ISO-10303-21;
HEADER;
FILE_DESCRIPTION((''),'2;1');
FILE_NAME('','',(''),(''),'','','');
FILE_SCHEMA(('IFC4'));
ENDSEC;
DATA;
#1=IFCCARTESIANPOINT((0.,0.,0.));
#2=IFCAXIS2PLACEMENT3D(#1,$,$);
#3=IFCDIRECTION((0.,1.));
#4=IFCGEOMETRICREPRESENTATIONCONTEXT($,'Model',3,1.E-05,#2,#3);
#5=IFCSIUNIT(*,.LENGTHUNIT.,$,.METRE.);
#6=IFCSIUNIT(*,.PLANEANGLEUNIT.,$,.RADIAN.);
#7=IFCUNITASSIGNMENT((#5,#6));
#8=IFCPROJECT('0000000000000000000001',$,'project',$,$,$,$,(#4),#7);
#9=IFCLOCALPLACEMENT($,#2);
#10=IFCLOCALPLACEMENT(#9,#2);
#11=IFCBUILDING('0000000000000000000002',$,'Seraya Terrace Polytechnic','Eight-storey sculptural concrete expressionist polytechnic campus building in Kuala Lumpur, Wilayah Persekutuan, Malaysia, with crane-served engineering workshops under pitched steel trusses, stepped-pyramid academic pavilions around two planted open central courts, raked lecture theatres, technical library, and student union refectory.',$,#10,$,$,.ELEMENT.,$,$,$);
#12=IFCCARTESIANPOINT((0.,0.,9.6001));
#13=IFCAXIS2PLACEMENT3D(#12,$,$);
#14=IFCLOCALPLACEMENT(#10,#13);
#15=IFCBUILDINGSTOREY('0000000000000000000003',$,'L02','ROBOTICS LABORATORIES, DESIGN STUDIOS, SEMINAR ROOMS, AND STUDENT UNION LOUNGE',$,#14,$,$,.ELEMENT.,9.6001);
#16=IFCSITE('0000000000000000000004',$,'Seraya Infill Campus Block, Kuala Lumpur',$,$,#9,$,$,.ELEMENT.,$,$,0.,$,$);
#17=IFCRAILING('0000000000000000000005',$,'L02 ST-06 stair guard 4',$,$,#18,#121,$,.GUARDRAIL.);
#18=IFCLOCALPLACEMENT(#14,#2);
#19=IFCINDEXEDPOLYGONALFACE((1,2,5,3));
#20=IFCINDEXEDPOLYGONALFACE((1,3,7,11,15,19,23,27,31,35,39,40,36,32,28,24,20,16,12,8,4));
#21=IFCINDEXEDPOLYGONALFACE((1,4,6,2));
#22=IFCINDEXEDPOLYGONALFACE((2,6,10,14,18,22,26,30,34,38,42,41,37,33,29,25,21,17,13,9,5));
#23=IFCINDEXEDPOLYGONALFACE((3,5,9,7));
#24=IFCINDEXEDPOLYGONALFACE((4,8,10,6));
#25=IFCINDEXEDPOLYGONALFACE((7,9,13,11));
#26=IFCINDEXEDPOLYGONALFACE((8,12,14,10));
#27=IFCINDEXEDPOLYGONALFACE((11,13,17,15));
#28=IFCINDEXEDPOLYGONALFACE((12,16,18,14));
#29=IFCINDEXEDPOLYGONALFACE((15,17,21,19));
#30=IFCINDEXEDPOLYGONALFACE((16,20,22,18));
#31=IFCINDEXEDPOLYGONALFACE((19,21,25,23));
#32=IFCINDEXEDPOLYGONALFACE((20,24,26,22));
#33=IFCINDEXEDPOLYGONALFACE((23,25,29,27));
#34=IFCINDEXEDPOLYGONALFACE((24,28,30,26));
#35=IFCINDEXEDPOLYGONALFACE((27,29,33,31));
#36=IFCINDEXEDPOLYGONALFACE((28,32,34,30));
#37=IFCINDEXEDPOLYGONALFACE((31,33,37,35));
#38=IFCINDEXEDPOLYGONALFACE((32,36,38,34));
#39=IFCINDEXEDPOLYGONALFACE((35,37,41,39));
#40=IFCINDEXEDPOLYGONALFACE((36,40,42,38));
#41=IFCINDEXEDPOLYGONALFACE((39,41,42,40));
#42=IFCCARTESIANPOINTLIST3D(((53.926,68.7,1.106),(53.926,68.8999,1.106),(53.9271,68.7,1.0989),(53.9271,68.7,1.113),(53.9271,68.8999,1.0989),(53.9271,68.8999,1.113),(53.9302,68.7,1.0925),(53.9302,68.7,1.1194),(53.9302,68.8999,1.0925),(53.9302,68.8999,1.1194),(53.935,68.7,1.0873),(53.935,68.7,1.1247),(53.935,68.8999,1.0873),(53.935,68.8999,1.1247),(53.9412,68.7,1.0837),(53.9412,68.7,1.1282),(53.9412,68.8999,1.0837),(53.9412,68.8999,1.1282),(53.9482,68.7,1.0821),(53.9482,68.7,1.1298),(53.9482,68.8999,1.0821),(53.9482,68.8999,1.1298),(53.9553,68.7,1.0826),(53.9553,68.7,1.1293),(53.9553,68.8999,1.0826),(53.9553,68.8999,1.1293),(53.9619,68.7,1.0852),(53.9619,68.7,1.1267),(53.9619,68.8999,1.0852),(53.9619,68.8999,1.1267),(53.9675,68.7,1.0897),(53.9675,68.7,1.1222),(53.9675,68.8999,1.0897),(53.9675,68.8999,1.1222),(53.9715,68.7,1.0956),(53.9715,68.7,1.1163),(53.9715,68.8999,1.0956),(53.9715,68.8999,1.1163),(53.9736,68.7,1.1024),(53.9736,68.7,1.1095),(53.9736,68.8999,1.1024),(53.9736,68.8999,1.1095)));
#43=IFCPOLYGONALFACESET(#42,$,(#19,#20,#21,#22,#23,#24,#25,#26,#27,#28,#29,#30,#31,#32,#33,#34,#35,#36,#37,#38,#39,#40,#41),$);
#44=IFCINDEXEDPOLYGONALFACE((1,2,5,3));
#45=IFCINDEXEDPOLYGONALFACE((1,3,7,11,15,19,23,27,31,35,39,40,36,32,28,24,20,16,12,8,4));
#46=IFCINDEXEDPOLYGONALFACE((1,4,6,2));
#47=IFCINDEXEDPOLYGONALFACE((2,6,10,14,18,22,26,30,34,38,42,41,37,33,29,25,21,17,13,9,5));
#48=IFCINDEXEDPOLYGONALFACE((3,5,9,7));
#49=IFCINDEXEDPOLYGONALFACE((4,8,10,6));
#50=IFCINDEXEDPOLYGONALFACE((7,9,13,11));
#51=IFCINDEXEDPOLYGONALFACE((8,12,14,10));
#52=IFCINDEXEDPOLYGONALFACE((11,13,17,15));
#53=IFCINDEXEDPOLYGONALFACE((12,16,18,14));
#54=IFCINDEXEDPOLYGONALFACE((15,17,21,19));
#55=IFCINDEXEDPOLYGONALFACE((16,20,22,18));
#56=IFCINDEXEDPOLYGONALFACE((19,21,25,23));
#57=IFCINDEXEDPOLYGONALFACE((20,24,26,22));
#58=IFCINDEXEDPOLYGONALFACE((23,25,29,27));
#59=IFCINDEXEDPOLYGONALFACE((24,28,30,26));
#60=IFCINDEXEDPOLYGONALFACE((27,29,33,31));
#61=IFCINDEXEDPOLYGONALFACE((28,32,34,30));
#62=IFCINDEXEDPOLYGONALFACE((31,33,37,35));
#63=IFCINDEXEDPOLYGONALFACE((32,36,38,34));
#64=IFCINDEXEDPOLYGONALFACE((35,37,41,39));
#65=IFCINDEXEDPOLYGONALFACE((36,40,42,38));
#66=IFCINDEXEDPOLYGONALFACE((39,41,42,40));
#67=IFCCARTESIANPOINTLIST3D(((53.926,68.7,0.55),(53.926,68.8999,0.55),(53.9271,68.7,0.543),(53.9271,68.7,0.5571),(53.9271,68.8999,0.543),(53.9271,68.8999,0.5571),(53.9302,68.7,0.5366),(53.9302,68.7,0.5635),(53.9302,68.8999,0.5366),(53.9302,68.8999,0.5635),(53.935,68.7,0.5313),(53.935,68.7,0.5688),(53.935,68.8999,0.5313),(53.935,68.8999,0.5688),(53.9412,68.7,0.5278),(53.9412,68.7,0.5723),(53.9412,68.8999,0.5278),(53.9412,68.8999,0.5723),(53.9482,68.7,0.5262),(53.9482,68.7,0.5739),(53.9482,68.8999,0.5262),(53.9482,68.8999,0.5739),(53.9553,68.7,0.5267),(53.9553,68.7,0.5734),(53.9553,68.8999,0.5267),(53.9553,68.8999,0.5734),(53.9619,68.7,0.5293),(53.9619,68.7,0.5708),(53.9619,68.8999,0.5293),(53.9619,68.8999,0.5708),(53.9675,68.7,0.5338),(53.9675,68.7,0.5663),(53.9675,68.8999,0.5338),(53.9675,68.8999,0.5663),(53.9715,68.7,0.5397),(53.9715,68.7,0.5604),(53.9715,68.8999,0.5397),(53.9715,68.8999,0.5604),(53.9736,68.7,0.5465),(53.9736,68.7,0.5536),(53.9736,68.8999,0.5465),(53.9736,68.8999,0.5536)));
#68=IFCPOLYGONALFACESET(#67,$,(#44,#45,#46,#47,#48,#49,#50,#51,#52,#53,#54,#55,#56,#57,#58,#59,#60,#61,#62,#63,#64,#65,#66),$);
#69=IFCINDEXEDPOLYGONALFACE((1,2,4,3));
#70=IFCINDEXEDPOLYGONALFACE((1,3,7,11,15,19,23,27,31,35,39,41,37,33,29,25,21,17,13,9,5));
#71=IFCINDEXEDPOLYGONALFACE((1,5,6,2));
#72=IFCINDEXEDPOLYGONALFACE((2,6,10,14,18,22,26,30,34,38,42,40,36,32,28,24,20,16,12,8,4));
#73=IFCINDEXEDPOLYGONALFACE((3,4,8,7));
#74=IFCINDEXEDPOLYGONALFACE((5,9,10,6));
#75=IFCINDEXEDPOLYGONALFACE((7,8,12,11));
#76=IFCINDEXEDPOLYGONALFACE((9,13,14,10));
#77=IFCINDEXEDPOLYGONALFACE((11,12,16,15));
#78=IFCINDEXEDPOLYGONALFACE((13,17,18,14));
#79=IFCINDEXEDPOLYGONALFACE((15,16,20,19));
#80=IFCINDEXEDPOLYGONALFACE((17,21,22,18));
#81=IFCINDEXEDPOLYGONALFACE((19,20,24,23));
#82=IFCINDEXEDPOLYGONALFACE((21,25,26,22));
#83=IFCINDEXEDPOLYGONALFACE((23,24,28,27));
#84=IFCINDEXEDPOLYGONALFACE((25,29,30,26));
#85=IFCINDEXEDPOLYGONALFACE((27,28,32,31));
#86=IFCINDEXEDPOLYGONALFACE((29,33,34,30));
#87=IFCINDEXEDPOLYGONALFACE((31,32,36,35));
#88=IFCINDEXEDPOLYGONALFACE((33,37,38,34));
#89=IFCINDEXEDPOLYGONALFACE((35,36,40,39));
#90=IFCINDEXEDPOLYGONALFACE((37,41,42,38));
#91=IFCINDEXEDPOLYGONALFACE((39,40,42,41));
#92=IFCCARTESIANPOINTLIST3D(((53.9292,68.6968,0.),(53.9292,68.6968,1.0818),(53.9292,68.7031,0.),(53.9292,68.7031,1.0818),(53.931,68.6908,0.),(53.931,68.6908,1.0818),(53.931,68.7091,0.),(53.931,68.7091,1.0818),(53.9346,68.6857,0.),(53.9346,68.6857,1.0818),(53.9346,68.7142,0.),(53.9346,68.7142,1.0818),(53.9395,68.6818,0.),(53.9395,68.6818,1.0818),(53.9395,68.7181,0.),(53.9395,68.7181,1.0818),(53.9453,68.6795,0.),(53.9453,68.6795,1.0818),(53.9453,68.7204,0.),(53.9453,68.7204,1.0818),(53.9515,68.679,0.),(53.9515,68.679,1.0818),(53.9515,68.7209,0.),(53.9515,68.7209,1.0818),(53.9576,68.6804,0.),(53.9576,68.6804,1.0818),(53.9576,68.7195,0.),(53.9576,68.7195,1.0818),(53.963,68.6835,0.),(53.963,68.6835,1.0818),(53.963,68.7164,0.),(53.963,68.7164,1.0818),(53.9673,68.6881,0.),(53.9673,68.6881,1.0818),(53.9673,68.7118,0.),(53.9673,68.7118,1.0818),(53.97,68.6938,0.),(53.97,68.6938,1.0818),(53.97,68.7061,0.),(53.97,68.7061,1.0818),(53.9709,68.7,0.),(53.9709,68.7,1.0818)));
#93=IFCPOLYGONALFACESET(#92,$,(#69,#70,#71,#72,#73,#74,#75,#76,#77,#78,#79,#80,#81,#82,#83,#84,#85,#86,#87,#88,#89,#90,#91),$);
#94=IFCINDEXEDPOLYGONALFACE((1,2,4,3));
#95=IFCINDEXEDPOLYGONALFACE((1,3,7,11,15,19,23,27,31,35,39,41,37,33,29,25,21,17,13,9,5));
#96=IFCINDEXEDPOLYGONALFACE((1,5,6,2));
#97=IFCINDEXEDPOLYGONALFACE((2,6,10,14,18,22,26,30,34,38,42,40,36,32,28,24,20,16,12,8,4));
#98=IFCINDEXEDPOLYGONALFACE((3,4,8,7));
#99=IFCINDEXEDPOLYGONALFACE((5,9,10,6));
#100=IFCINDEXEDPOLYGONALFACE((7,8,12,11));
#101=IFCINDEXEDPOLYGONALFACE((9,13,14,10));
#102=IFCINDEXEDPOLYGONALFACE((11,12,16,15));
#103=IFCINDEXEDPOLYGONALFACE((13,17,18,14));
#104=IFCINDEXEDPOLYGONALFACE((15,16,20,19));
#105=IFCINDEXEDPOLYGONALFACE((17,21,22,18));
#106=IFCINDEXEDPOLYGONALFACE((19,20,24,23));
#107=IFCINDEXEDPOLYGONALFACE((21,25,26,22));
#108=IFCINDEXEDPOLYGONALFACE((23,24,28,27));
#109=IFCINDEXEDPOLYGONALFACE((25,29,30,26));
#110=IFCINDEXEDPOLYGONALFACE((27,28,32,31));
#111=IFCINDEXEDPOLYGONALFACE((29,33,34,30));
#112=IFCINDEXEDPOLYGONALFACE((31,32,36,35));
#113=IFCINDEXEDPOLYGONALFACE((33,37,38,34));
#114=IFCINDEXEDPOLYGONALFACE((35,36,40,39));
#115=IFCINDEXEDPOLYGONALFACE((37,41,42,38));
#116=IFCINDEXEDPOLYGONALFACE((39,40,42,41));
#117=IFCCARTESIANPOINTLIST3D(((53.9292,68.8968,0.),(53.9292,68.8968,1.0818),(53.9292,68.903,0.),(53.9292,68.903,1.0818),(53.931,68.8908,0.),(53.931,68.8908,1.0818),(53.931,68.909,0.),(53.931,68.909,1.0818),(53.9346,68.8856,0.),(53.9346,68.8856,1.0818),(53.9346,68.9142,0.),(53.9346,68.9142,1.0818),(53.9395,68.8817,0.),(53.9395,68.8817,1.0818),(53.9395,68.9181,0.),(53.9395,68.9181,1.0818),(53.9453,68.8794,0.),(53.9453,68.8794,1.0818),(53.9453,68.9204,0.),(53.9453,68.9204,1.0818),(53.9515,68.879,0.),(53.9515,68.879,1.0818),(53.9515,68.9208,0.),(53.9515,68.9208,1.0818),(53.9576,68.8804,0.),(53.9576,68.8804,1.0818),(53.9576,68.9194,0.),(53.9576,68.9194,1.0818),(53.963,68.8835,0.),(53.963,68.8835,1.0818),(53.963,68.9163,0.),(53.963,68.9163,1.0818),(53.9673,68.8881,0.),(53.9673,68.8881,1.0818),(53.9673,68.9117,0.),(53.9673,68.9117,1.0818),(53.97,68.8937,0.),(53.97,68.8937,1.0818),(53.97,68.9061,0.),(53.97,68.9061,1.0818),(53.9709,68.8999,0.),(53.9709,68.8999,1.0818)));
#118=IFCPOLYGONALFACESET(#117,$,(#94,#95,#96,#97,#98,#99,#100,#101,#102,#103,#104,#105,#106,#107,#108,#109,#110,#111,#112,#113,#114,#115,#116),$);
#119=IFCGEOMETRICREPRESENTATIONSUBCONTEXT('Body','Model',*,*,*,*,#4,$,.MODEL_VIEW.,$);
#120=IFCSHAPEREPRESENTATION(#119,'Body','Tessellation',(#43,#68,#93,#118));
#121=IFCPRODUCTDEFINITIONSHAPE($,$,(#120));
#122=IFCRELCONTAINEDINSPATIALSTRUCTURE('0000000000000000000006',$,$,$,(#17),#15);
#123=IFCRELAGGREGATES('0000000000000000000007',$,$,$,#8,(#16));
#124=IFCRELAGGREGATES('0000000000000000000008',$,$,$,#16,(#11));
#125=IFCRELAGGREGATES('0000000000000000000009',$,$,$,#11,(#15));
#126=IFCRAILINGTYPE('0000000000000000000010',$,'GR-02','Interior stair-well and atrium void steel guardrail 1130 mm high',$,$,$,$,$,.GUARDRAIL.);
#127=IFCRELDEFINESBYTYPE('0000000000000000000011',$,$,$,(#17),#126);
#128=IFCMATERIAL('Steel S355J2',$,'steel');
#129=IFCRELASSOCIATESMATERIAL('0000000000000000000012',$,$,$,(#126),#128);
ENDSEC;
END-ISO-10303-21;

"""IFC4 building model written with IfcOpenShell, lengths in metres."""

from ifc_helpers import new_model, si_unit, direction, frame, origin, origin_2d, place, context, subcontext, project, spatial, circle, extrude, material, type_object, element, save


model = new_model("IFC4")

# Units and contexts
model_context = context("Model", 3, precision=1e-05, world=origin(), true_north=direction((0.0, 1.0)))
body_context = subcontext(model_context, "Body", "Model", "MODEL_VIEW")
ifc_project = project(units=[si_unit("LENGTHUNIT", "METRE"), si_unit("PLANEANGLEUNIT", "RADIAN")], contexts=[model_context])

# Site, building, storey
site_placement = place(None, origin())
site = spatial("IfcSite", under=ifc_project, at=site_placement, Name="Seraya Infill Campus Block, Kuala Lumpur", CompositionType="ELEMENT", RefElevation=0.0)
building_placement = place(site_placement, origin())
building = spatial("IfcBuilding", under=site, at=building_placement, Name="Seraya Terrace Polytechnic", Description="Eight-storey sculptural concrete expressionist polytechnic campus building in Kuala Lumpur, Wilayah Persekutuan, Malaysia, with crane-served engineering workshops under pitched steel trusses, stepped-pyramid academic pavilions around two planted open central courts, raked lecture theatres, technical library, and student union refectory.", CompositionType="ELEMENT")
storey_placement = place(building_placement, frame((0.0, 0.0, 9.6001)))
storey = spatial("IfcBuildingStorey", under=building, at=storey_placement, Name="L02", Description="ROBOTICS LABORATORIES, DESIGN STUDIOS, SEMINAR ROOMS, AND STUDENT UNION LOUNGE", CompositionType="ELEMENT", Elevation=9.6001)

# Shared definitions
ifc_material_1 = material(Name="Steel S355J2", Category="steel")

# Railing
railing_type_1 = type_object("IfcRailingType", Name="GR-02", Description="Interior stair-well and atrium void steel guardrail 1130 mm high", PredefinedType="GUARDRAIL", material=ifc_material_1)
railing_1_placement = place(storey_placement, frame((53.95, 68.7, 0.0)))
element("IfcRailing", 1, at=railing_1_placement, inside=storey, type_object=railing_type_1, Name="L02 ST-06 stair guard 4", PredefinedType="GUARDRAIL", context=body_context, shape_type="SweptSolid", body=[
    extrude(circle(Radius=0.0239, at=origin_2d()), frame((0.0, 0.0, 1.106), z_axis=(0.0, 1.0, 0.0), x_axis=(-1.0, 0.0, 0.0)), (0.0, 0.0, 1.0), 0.2),
    extrude(circle(Radius=0.0239, at=origin_2d()), frame((0.0, 0.0, 0.55), z_axis=(0.0, 1.0, 0.0), x_axis=(-1.0, 0.0, 0.0)), (0.0, 0.0, 1.0), 0.2),
    extrude(circle(Radius=0.021, at=origin_2d()), origin(), (0.0, 0.0, 1.0), 1.0818),
    extrude(circle(Radius=0.021, at=origin_2d()), frame((0.0, 0.2, 0.0)), (0.0, 0.0, 1.0), 1.0818),
])

save(model, "model.ifc")
